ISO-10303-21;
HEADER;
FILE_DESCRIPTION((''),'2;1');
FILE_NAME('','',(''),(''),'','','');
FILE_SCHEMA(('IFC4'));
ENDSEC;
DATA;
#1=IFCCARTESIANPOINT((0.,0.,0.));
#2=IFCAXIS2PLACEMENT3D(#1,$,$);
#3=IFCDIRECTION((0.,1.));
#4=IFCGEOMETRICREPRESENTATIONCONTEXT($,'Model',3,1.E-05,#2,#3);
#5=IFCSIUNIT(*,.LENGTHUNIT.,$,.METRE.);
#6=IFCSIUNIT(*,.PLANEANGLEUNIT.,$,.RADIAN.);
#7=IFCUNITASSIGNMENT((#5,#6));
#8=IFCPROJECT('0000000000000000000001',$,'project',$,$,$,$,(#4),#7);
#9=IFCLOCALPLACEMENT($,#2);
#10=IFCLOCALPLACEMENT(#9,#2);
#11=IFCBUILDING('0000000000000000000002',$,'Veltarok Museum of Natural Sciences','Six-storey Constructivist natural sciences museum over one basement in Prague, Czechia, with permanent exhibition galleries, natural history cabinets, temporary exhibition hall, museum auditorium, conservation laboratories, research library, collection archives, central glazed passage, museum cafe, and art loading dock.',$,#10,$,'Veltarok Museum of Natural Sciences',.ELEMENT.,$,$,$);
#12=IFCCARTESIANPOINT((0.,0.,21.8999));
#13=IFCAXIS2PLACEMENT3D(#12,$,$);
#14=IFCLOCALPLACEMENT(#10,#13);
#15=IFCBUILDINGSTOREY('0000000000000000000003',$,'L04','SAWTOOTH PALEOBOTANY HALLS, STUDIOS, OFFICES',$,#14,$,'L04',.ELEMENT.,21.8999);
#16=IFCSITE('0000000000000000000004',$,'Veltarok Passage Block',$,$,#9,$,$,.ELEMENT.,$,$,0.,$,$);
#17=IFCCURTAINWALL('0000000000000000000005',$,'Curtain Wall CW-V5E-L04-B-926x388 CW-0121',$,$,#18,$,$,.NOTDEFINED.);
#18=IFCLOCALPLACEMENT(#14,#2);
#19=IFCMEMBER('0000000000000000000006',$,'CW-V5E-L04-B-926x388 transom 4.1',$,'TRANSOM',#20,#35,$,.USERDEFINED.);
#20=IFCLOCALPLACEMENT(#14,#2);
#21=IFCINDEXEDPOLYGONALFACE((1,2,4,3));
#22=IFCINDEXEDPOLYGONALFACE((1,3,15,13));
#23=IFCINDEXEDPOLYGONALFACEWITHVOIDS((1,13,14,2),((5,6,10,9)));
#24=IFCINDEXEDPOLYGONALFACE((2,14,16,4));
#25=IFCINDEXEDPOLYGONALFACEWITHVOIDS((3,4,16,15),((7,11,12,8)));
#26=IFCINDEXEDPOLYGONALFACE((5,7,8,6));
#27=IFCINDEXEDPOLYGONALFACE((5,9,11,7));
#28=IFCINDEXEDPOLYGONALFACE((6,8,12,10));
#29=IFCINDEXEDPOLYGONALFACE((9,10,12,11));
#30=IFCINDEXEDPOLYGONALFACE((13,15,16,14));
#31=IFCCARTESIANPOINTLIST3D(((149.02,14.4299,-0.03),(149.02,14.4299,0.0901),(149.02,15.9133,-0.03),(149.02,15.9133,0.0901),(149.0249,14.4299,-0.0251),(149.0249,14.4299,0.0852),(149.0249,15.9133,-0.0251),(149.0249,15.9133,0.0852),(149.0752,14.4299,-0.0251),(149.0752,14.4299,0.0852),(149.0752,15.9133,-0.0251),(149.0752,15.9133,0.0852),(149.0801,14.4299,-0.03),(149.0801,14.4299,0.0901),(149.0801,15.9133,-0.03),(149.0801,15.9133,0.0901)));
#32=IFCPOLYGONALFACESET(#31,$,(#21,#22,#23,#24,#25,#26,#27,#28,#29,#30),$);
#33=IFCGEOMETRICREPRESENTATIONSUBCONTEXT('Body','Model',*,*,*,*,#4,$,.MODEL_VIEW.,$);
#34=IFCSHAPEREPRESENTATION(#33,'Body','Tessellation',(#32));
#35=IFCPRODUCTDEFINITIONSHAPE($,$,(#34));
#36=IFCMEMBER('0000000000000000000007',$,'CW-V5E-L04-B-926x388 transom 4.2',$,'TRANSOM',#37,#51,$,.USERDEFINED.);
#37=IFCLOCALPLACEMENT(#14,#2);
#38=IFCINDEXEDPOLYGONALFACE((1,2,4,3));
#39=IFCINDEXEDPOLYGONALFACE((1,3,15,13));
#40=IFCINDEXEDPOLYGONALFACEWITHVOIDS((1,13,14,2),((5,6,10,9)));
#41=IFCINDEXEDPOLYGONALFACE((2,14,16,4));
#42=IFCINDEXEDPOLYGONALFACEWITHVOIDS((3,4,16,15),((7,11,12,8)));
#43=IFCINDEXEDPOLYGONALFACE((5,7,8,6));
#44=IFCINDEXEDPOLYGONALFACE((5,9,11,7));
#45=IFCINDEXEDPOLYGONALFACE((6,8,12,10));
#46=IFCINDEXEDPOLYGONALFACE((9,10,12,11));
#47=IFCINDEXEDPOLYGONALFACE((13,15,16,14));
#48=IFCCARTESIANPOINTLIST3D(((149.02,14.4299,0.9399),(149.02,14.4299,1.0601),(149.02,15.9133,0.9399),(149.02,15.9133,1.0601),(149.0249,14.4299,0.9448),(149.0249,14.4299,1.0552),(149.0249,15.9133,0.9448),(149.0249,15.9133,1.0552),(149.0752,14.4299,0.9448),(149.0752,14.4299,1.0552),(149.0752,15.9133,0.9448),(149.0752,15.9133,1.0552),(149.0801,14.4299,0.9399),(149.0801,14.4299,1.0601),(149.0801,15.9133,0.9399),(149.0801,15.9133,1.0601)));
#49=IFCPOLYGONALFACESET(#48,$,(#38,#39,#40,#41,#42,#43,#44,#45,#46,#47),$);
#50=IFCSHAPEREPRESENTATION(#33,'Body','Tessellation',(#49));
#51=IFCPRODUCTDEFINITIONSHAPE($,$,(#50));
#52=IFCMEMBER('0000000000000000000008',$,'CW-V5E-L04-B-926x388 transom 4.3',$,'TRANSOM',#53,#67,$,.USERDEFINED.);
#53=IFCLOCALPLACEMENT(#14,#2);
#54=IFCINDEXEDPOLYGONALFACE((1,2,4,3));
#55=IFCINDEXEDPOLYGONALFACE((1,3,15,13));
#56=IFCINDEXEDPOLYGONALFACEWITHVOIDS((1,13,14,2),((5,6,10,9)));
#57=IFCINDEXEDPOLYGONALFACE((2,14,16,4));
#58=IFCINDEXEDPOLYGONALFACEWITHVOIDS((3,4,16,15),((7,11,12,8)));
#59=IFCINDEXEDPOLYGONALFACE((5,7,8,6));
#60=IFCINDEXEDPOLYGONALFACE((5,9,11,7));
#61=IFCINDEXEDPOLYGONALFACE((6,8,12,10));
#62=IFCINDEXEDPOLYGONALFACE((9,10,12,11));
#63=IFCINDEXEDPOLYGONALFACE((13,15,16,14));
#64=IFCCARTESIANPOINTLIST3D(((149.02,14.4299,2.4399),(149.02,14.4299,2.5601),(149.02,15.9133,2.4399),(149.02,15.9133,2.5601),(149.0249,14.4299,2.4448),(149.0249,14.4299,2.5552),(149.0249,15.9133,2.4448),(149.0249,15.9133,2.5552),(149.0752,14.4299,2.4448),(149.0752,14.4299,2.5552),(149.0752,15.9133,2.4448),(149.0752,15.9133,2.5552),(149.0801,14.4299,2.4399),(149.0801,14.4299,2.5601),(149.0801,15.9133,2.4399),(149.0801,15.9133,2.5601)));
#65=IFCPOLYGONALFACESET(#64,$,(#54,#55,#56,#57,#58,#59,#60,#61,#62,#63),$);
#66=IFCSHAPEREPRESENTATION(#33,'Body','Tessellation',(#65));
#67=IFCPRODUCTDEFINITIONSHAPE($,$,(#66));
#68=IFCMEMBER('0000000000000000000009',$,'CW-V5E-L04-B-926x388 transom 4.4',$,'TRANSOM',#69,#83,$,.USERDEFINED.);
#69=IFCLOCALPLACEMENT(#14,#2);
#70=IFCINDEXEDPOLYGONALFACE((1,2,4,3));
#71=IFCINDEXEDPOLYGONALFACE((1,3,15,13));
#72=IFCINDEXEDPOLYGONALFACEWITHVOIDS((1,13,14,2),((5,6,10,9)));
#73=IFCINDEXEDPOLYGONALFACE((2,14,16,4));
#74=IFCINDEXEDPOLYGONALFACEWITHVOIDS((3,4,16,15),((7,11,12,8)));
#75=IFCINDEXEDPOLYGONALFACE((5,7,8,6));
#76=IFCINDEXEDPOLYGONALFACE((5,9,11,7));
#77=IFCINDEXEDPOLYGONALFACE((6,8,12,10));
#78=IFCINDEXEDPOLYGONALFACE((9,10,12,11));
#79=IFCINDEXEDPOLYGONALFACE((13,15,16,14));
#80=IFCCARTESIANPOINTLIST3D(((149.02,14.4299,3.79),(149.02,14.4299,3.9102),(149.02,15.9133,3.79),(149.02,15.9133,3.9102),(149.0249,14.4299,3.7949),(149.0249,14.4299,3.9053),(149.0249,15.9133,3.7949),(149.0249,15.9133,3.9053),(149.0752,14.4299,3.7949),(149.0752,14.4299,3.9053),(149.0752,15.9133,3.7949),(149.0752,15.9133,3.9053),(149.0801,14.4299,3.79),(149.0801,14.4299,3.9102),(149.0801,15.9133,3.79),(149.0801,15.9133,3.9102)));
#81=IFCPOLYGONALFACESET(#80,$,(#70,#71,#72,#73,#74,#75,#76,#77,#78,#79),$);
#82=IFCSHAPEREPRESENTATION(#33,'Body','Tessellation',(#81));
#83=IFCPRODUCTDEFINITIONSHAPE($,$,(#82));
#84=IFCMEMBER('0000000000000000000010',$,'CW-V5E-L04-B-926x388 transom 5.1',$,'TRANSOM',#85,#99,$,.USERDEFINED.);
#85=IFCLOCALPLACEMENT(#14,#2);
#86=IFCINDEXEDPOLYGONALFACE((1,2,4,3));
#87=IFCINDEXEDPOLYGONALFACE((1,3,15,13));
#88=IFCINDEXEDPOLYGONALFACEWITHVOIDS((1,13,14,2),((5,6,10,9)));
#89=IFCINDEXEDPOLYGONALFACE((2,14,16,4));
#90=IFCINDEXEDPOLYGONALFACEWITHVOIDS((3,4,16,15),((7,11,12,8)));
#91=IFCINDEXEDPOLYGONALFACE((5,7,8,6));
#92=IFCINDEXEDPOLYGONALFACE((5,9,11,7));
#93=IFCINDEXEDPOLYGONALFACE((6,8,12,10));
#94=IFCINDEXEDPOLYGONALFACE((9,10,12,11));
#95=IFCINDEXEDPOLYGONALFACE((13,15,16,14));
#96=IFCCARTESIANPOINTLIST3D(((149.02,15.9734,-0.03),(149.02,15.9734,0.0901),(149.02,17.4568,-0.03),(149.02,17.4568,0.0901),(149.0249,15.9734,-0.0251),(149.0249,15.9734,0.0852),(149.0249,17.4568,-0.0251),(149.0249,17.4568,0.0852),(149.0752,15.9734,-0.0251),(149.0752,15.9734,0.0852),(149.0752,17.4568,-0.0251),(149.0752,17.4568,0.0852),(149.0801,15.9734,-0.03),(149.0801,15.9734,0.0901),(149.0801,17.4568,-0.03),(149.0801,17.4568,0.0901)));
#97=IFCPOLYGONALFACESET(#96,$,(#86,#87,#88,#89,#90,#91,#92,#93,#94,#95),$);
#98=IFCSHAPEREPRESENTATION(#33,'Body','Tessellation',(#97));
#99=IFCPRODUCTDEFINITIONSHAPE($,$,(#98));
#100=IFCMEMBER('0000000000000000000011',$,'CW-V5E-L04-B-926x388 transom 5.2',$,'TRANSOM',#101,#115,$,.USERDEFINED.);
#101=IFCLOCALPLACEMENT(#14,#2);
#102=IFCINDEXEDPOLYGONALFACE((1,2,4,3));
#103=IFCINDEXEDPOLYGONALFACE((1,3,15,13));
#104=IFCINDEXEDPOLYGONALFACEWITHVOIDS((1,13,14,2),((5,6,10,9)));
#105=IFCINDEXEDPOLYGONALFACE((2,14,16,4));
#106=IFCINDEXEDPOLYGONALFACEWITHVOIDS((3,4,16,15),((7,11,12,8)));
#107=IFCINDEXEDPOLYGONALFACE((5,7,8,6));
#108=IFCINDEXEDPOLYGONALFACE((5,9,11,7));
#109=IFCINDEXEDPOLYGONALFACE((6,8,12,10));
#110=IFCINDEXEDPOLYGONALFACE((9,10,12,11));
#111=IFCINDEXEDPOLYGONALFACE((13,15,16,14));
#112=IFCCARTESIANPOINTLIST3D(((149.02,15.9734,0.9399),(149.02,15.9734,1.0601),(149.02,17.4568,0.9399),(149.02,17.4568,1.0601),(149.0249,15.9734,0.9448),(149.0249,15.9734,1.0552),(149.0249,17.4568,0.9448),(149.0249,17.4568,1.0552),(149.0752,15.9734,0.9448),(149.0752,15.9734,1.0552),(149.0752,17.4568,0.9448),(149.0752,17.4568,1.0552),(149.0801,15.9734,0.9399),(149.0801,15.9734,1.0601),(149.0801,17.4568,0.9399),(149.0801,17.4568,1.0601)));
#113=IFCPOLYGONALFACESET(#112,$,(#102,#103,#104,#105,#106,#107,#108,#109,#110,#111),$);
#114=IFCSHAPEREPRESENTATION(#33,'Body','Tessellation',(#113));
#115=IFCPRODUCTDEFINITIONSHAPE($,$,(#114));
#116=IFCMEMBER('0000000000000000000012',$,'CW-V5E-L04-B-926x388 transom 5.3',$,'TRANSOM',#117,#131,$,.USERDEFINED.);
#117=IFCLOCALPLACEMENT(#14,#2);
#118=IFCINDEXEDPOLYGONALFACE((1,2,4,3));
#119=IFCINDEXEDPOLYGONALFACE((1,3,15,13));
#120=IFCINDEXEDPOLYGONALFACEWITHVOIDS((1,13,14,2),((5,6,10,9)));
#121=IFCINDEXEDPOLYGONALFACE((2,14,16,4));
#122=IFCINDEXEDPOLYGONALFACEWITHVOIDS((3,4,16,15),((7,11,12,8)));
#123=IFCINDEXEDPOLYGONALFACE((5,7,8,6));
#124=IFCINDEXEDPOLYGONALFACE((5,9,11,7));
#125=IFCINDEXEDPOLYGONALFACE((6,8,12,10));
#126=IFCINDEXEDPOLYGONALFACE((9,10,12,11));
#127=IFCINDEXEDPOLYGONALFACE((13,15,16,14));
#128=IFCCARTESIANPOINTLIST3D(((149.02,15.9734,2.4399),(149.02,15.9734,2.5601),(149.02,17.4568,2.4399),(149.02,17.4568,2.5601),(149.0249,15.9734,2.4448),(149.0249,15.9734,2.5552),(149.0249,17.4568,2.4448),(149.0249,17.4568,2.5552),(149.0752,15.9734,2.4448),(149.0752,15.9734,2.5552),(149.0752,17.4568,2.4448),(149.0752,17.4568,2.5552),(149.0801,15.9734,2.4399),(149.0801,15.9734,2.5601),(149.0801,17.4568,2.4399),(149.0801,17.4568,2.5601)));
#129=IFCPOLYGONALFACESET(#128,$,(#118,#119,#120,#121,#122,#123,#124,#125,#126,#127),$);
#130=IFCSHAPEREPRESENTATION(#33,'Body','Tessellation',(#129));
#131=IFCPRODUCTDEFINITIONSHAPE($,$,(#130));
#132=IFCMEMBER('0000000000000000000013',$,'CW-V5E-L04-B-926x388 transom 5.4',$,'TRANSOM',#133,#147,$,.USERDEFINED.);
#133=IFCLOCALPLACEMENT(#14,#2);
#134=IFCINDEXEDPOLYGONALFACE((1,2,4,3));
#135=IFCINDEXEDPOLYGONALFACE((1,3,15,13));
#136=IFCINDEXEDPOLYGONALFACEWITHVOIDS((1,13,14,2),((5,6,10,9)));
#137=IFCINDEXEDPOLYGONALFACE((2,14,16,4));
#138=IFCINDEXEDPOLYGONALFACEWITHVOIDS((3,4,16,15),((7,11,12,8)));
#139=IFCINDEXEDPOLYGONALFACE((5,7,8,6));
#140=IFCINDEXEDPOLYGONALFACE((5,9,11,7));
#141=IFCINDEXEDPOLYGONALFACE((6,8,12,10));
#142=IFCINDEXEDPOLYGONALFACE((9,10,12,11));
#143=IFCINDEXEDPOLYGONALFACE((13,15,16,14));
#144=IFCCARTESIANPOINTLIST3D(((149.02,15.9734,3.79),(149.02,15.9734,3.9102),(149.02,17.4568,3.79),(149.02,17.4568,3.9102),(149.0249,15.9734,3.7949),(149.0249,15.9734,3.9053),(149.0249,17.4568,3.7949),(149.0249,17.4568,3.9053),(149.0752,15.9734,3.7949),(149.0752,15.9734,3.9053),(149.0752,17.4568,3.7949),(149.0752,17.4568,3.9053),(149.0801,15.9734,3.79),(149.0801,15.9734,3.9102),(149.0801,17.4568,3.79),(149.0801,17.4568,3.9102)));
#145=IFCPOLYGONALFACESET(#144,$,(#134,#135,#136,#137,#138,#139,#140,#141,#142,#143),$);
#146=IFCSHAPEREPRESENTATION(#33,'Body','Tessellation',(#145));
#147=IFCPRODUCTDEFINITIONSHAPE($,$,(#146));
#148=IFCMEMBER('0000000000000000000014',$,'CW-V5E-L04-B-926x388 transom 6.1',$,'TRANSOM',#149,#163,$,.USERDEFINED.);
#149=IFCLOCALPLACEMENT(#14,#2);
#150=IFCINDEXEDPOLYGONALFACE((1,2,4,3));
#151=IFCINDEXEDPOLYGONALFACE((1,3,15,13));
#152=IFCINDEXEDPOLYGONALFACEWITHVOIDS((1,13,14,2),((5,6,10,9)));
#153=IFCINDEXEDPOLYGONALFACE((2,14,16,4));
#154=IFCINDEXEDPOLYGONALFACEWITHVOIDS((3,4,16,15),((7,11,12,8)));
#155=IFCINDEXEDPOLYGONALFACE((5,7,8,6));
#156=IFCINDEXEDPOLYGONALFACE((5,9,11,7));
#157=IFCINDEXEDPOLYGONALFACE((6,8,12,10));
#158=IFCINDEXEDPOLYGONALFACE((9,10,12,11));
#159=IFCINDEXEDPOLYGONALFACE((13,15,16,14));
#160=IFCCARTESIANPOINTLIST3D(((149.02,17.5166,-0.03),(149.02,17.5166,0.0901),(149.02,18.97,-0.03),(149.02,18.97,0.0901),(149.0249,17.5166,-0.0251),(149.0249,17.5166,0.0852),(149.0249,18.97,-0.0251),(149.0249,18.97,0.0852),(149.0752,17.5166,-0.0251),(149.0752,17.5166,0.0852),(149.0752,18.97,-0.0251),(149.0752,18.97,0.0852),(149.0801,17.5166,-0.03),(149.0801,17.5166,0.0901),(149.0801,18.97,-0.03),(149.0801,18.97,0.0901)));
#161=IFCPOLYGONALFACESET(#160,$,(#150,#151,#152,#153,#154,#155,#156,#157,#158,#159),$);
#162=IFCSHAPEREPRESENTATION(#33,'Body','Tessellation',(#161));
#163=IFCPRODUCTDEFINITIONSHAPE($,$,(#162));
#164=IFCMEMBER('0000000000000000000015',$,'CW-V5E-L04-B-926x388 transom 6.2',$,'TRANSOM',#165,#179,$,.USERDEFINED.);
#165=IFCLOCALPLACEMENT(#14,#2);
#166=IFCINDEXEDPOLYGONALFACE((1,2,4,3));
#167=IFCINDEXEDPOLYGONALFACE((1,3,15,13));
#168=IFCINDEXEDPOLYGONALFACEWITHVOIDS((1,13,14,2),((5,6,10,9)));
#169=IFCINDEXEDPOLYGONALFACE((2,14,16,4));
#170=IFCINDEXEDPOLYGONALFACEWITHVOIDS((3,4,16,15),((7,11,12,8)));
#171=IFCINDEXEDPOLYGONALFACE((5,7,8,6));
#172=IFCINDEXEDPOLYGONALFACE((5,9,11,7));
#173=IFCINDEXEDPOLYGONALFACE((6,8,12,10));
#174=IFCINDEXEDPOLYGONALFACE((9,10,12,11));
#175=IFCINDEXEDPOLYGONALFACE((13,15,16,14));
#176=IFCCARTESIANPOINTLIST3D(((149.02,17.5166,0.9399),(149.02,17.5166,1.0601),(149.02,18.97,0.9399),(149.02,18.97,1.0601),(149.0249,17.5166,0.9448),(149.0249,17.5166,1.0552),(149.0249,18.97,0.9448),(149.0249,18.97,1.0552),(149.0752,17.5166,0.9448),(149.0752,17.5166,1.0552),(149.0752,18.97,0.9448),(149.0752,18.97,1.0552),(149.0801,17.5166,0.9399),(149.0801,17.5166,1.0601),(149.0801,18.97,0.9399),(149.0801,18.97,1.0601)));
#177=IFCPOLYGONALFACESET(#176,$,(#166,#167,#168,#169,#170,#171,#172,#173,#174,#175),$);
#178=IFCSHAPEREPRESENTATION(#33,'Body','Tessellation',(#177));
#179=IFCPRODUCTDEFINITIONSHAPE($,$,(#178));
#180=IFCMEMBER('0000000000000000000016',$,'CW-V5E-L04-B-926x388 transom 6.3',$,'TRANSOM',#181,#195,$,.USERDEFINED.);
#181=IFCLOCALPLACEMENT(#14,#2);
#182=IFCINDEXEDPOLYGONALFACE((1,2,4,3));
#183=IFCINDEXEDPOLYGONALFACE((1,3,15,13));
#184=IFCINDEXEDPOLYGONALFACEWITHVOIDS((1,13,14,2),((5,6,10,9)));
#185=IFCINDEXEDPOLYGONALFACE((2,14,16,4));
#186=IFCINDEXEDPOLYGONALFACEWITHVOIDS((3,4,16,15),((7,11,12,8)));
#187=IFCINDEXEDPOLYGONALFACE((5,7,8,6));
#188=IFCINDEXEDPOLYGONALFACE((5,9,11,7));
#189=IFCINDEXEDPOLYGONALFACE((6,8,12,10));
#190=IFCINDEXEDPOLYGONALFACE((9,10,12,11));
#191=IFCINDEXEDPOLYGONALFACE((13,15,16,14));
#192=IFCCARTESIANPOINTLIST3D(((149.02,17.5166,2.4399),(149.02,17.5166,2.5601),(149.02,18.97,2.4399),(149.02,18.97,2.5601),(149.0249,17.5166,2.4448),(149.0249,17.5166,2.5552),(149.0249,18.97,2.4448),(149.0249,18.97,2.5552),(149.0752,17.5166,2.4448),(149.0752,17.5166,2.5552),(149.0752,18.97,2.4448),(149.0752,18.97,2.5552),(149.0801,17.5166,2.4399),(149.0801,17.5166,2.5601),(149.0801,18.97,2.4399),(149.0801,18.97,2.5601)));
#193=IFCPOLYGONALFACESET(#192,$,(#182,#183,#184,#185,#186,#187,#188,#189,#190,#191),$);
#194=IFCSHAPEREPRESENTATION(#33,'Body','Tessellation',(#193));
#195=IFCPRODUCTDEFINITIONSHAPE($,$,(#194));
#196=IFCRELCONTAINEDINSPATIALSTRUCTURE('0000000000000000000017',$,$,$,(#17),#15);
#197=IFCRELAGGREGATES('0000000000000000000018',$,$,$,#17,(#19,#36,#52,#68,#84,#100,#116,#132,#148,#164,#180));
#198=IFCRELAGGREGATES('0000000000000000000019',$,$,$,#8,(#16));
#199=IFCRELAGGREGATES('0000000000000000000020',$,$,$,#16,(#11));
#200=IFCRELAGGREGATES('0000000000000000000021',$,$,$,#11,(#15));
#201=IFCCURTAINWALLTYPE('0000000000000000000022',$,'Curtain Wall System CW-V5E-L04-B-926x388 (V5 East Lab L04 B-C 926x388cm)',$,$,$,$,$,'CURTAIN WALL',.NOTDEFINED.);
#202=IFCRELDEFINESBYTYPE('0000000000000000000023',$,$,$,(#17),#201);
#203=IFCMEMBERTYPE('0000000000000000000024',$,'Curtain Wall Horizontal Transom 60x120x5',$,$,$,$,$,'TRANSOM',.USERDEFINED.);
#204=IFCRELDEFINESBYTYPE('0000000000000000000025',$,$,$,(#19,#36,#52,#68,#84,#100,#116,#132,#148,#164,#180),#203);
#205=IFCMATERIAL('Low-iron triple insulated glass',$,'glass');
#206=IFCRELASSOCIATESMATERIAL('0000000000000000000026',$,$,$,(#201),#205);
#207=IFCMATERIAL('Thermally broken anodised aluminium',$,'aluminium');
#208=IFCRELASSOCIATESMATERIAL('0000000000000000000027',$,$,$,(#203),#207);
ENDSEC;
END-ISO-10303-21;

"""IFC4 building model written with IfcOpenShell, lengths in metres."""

from ifc_helpers import new_model, si_unit, direction, frame, origin, origin_2d, place, context, subcontext, project, spatial, hollow_rectangle, extrude, material, material_profile, profile_set, type_object, element, aggregate, save


model = new_model("IFC4")

# Units and contexts
model_context = context("Model", 3, precision=1e-05, world=origin(), true_north=direction((0.0, 1.0)))
body_context = subcontext(model_context, "Body", "Model", "MODEL_VIEW")
ifc_project = project(units=[si_unit("LENGTHUNIT", "METRE"), si_unit("PLANEANGLEUNIT", "RADIAN")], contexts=[model_context])

# Site, building, storey
site_placement = place(None, origin())
site = spatial("IfcSite", under=ifc_project, at=site_placement, Name="Veltarok Passage Block", CompositionType="ELEMENT", RefElevation=0.0)
building_placement = place(site_placement, origin())
building = spatial("IfcBuilding", under=site, at=building_placement, Name="Veltarok Museum of Natural Sciences", Description="Six-storey Constructivist natural sciences museum over one basement in Prague, Czechia, with permanent exhibition galleries, natural history cabinets, temporary exhibition hall, museum auditorium, conservation laboratories, research library, collection archives, central glazed passage, museum cafe, and art loading dock.", LongName="Veltarok Museum of Natural Sciences", CompositionType="ELEMENT")
storey_placement = place(building_placement, frame((0.0, 0.0, 21.8999)))
storey = spatial("IfcBuildingStorey", under=building, at=storey_placement, Name="L04", Description="SAWTOOTH PALEOBOTANY HALLS, STUDIOS, OFFICES", LongName="L04", CompositionType="ELEMENT", Elevation=21.8999)

# Curtain wall, members
ifc_material_1 = material(Name="Low-iron triple insulated glass", Category="glass")
curtain_wall_type = type_object("IfcCurtainWallType", Name="Curtain Wall System CW-V5E-L04-B-926x388 (V5 East Lab L04 B-C 926x388cm)", ElementType="CURTAIN WALL", PredefinedType="NOTDEFINED", material=ifc_material_1)
curtain_wall_placement = place(storey_placement, origin())
curtain_wall = element("IfcCurtainWall", 1, at=curtain_wall_placement, inside=storey, type_object=curtain_wall_type, Name="Curtain Wall CW-V5E-L04-B-926x388 CW-0121", PredefinedType="NOTDEFINED")
ifc_material_2 = material(Name="Thermally broken anodised aluminium", Category="aluminium")
ifc_material_profile_1 = material_profile(ifc_material_2, hollow_rectangle(XDim=0.0601, YDim=0.1201, WallThickness=0.0049, at=origin_2d()), Name="CW TRANSOM 60x120x5")
ifc_profile_set_1 = profile_set([ifc_material_profile_1], Name="Thermally broken anodised aluminium")
member_type_1 = type_object("IfcMemberType", Name="Curtain Wall Horizontal Transom 60x120x5", ElementType="TRANSOM", PredefinedType="USERDEFINED", material=ifc_profile_set_1)
member_1_placement = place(storey_placement, frame((149.05, 14.4299, 0.03), z_axis=(0.0, 1.0, 0.0), x_axis=(-1.0, 0.0, 0.0)))
member_1 = element("IfcMember", 2, at=member_1_placement, type_object=member_type_1, Name="CW-V5E-L04-B-926x388 transom 4.1", ObjectType="TRANSOM", PredefinedType="USERDEFINED", context=body_context, shape_type="SweptSolid", body=[
    extrude(hollow_rectangle(XDim=0.0601, YDim=0.1201, WallThickness=0.0049, at=origin_2d()), origin(), (0.0, 0.0, 1.0), 1.4834),
])
member_2_placement = place(storey_placement, frame((149.05, 14.4299, 1.0), z_axis=(0.0, 1.0, 0.0), x_axis=(-1.0, 0.0, 0.0)))
member_2 = element("IfcMember", 3, at=member_2_placement, type_object=member_type_1, Name="CW-V5E-L04-B-926x388 transom 4.2", ObjectType="TRANSOM", PredefinedType="USERDEFINED", context=body_context, shape_type="SweptSolid", body=[
    extrude(hollow_rectangle(XDim=0.0601, YDim=0.1201, WallThickness=0.0049, at=origin_2d()), origin(), (0.0, 0.0, 1.0), 1.4834),
])
member_3_placement = place(storey_placement, frame((149.05, 14.4299, 2.5), z_axis=(0.0, 1.0, 0.0), x_axis=(-1.0, 0.0, 0.0)))
member_3 = element("IfcMember", 4, at=member_3_placement, type_object=member_type_1, Name="CW-V5E-L04-B-926x388 transom 4.3", ObjectType="TRANSOM", PredefinedType="USERDEFINED", context=body_context, shape_type="SweptSolid", body=[
    extrude(hollow_rectangle(XDim=0.0601, YDim=0.1201, WallThickness=0.0049, at=origin_2d()), origin(), (0.0, 0.0, 1.0), 1.4834),
])
member_4_placement = place(storey_placement, frame((149.05, 14.4299, 3.8501), z_axis=(0.0, 1.0, 0.0), x_axis=(-1.0, 0.0, 0.0)))
member_4 = element("IfcMember", 5, at=member_4_placement, type_object=member_type_1, Name="CW-V5E-L04-B-926x388 transom 4.4", ObjectType="TRANSOM", PredefinedType="USERDEFINED", context=body_context, shape_type="SweptSolid", body=[
    extrude(hollow_rectangle(XDim=0.0601, YDim=0.1201, WallThickness=0.0049, at=origin_2d()), origin(), (0.0, 0.0, 1.0), 1.4834),
])
member_5_placement = place(storey_placement, frame((149.05, 15.9734, 0.03), z_axis=(0.0, 1.0, 0.0), x_axis=(-1.0, 0.0, 0.0)))
member_5 = element("IfcMember", 6, at=member_5_placement, type_object=member_type_1, Name="CW-V5E-L04-B-926x388 transom 5.1", ObjectType="TRANSOM", PredefinedType="USERDEFINED", context=body_context, shape_type="SweptSolid", body=[
    extrude(hollow_rectangle(XDim=0.0601, YDim=0.1201, WallThickness=0.0049, at=origin_2d()), origin(), (0.0, 0.0, 1.0), 1.4834),
])
member_6_placement = place(storey_placement, frame((149.05, 15.9734, 1.0), z_axis=(0.0, 1.0, 0.0), x_axis=(-1.0, 0.0, 0.0)))
member_6 = element("IfcMember", 7, at=member_6_placement, type_object=member_type_1, Name="CW-V5E-L04-B-926x388 transom 5.2", ObjectType="TRANSOM", PredefinedType="USERDEFINED", context=body_context, shape_type="SweptSolid", body=[
    extrude(hollow_rectangle(XDim=0.0601, YDim=0.1201, WallThickness=0.0049, at=origin_2d()), origin(), (0.0, 0.0, 1.0), 1.4834),
])
member_7_placement = place(storey_placement, frame((149.05, 15.9734, 2.5), z_axis=(0.0, 1.0, 0.0), x_axis=(-1.0, 0.0, 0.0)))
member_7 = element("IfcMember", 8, at=member_7_placement, type_object=member_type_1, Name="CW-V5E-L04-B-926x388 transom 5.3", ObjectType="TRANSOM", PredefinedType="USERDEFINED", context=body_context, shape_type="SweptSolid", body=[
    extrude(hollow_rectangle(XDim=0.0601, YDim=0.1201, WallThickness=0.0049, at=origin_2d()), origin(), (0.0, 0.0, 1.0), 1.4834),
])
member_8_placement = place(storey_placement, frame((149.05, 15.9734, 3.8501), z_axis=(0.0, 1.0, 0.0), x_axis=(-1.0, 0.0, 0.0)))
member_8 = element("IfcMember", 9, at=member_8_placement, type_object=member_type_1, Name="CW-V5E-L04-B-926x388 transom 5.4", ObjectType="TRANSOM", PredefinedType="USERDEFINED", context=body_context, shape_type="SweptSolid", body=[
    extrude(hollow_rectangle(XDim=0.0601, YDim=0.1201, WallThickness=0.0049, at=origin_2d()), origin(), (0.0, 0.0, 1.0), 1.4834),
])
member_9_placement = place(storey_placement, frame((149.05, 17.5166, 0.03), z_axis=(0.0, 1.0, 0.0), x_axis=(-1.0, 0.0, 0.0)))
member_9 = element("IfcMember", 10, at=member_9_placement, type_object=member_type_1, Name="CW-V5E-L04-B-926x388 transom 6.1", ObjectType="TRANSOM", PredefinedType="USERDEFINED", context=body_context, shape_type="SweptSolid", body=[
    extrude(hollow_rectangle(XDim=0.0601, YDim=0.1201, WallThickness=0.0049, at=origin_2d()), origin(), (0.0, 0.0, 1.0), 1.4534),
])
member_10_placement = place(storey_placement, frame((149.05, 17.5166, 1.0), z_axis=(0.0, 1.0, 0.0), x_axis=(-1.0, 0.0, 0.0)))
member_10 = element("IfcMember", 11, at=member_10_placement, type_object=member_type_1, Name="CW-V5E-L04-B-926x388 transom 6.2", ObjectType="TRANSOM", PredefinedType="USERDEFINED", context=body_context, shape_type="SweptSolid", body=[
    extrude(hollow_rectangle(XDim=0.0601, YDim=0.1201, WallThickness=0.0049, at=origin_2d()), origin(), (0.0, 0.0, 1.0), 1.4534),
])
member_11_placement = place(storey_placement, frame((149.05, 17.5166, 2.5), z_axis=(0.0, 1.0, 0.0), x_axis=(-1.0, 0.0, 0.0)))
member_11 = element("IfcMember", 12, at=member_11_placement, type_object=member_type_1, Name="CW-V5E-L04-B-926x388 transom 6.3", ObjectType="TRANSOM", PredefinedType="USERDEFINED", context=body_context, shape_type="SweptSolid", body=[
    extrude(hollow_rectangle(XDim=0.0601, YDim=0.1201, WallThickness=0.0049, at=origin_2d()), origin(), (0.0, 0.0, 1.0), 1.4534),
])
aggregate(curtain_wall, [member_1, member_2, member_3, member_4, member_5, member_6, member_7, member_8, member_9, member_10, member_11])

save(model, "model.ifc")
